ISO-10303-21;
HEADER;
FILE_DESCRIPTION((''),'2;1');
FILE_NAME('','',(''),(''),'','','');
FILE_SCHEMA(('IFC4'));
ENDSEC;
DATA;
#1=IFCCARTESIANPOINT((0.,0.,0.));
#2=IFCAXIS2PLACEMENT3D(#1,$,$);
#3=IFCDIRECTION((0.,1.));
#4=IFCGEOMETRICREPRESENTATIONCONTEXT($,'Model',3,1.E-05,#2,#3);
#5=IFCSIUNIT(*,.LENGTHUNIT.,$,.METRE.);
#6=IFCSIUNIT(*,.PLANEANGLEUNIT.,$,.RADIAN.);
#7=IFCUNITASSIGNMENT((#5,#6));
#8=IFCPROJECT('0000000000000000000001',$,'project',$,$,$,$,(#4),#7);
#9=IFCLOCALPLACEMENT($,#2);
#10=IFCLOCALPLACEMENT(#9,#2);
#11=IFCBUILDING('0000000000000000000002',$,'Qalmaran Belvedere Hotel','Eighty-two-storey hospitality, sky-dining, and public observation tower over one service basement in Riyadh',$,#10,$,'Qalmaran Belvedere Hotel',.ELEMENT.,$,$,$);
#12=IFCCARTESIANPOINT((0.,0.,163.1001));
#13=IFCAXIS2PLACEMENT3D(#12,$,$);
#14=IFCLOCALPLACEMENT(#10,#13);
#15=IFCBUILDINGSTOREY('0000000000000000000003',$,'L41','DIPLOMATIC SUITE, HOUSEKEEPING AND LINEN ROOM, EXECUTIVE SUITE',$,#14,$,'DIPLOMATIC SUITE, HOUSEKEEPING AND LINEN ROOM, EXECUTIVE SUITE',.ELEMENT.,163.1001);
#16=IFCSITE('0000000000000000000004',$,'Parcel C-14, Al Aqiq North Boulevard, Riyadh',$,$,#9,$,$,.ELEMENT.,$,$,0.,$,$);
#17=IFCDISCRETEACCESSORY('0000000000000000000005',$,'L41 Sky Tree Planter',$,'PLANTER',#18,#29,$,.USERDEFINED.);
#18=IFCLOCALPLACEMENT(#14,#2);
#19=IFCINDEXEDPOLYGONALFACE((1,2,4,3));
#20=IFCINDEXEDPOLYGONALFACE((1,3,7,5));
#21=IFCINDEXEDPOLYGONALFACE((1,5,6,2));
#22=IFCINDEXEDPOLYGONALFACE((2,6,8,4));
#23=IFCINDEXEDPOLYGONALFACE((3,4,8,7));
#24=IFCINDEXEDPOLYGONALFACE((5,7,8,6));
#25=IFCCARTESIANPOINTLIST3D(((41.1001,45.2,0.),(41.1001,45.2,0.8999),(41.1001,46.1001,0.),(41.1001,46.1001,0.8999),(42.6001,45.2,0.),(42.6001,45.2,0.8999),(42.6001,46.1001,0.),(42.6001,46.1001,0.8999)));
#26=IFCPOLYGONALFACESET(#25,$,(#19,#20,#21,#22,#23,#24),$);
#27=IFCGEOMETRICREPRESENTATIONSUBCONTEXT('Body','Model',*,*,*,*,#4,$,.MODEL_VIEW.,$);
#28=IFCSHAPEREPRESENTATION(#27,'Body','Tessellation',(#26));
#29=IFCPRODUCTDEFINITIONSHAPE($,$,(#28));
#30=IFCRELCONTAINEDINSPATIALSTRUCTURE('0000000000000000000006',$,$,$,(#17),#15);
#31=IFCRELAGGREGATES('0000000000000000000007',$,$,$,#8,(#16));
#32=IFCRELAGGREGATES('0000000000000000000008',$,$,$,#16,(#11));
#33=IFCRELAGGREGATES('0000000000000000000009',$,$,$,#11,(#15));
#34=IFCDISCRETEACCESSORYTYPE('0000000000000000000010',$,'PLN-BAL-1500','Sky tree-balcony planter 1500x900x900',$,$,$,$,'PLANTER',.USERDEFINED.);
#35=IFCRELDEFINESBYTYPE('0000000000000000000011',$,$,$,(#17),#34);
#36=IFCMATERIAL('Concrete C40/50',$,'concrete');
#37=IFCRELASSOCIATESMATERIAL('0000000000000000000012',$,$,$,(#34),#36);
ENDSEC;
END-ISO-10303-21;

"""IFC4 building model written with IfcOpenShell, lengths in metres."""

from ifc_helpers import new_model, si_unit, direction, frame, origin, place, context, subcontext, project, spatial, polyline, outline, extrude, material, type_object, element, save


model = new_model("IFC4")

# Units and contexts
model_context = context("Model", 3, precision=1e-05, world=origin(), true_north=direction((0.0, 1.0)))
body_context = subcontext(model_context, "Body", "Model", "MODEL_VIEW")
ifc_project = project(units=[si_unit("LENGTHUNIT", "METRE"), si_unit("PLANEANGLEUNIT", "RADIAN")], contexts=[model_context])

# Site, building, storey
site_placement = place(None, origin())
site = spatial("IfcSite", under=ifc_project, at=site_placement, Name="Parcel C-14, Al Aqiq North Boulevard, Riyadh", CompositionType="ELEMENT", RefElevation=0.0)
building_placement = place(site_placement, origin())
building = spatial("IfcBuilding", under=site, at=building_placement, Name="Qalmaran Belvedere Hotel", Description="Eighty-two-storey hospitality, sky-dining, and public observation tower over one service basement in Riyadh", LongName="Qalmaran Belvedere Hotel", CompositionType="ELEMENT")
storey_placement = place(building_placement, frame((0.0, 0.0, 163.1001)))
storey = spatial("IfcBuildingStorey", under=building, at=storey_placement, Name="L41", Description="DIPLOMATIC SUITE, HOUSEKEEPING AND LINEN ROOM, EXECUTIVE SUITE", LongName="DIPLOMATIC SUITE, HOUSEKEEPING AND LINEN ROOM, EXECUTIVE SUITE", CompositionType="ELEMENT", Elevation=163.1001)

# Shared definitions
ifc_material_1 = material(Name="Concrete C40/50", Category="concrete")

# Discrete accessory
discrete_accessory_type_1 = type_object("IfcDiscreteAccessoryType", Name="PLN-BAL-1500", Description="Sky tree-balcony planter 1500x900x900", ElementType="PLANTER", PredefinedType="USERDEFINED", material=ifc_material_1)
discrete_accessory_1_placement = place(storey_placement, origin())
element("IfcDiscreteAccessory", 1, at=discrete_accessory_1_placement, inside=storey, type_object=discrete_accessory_type_1, Name="L41 Sky Tree Planter", ObjectType="PLANTER", PredefinedType="USERDEFINED", context=body_context, shape_type="SweptSolid", body=[
    extrude(outline(polyline([(41.1001, 45.2), (42.6001, 45.2), (42.6001, 46.1001), (41.1001, 46.1001), (41.1001, 45.2)])), origin(), (0.0, 0.0, 1.0), 0.8999),
])

save(model, "model.ifc")
